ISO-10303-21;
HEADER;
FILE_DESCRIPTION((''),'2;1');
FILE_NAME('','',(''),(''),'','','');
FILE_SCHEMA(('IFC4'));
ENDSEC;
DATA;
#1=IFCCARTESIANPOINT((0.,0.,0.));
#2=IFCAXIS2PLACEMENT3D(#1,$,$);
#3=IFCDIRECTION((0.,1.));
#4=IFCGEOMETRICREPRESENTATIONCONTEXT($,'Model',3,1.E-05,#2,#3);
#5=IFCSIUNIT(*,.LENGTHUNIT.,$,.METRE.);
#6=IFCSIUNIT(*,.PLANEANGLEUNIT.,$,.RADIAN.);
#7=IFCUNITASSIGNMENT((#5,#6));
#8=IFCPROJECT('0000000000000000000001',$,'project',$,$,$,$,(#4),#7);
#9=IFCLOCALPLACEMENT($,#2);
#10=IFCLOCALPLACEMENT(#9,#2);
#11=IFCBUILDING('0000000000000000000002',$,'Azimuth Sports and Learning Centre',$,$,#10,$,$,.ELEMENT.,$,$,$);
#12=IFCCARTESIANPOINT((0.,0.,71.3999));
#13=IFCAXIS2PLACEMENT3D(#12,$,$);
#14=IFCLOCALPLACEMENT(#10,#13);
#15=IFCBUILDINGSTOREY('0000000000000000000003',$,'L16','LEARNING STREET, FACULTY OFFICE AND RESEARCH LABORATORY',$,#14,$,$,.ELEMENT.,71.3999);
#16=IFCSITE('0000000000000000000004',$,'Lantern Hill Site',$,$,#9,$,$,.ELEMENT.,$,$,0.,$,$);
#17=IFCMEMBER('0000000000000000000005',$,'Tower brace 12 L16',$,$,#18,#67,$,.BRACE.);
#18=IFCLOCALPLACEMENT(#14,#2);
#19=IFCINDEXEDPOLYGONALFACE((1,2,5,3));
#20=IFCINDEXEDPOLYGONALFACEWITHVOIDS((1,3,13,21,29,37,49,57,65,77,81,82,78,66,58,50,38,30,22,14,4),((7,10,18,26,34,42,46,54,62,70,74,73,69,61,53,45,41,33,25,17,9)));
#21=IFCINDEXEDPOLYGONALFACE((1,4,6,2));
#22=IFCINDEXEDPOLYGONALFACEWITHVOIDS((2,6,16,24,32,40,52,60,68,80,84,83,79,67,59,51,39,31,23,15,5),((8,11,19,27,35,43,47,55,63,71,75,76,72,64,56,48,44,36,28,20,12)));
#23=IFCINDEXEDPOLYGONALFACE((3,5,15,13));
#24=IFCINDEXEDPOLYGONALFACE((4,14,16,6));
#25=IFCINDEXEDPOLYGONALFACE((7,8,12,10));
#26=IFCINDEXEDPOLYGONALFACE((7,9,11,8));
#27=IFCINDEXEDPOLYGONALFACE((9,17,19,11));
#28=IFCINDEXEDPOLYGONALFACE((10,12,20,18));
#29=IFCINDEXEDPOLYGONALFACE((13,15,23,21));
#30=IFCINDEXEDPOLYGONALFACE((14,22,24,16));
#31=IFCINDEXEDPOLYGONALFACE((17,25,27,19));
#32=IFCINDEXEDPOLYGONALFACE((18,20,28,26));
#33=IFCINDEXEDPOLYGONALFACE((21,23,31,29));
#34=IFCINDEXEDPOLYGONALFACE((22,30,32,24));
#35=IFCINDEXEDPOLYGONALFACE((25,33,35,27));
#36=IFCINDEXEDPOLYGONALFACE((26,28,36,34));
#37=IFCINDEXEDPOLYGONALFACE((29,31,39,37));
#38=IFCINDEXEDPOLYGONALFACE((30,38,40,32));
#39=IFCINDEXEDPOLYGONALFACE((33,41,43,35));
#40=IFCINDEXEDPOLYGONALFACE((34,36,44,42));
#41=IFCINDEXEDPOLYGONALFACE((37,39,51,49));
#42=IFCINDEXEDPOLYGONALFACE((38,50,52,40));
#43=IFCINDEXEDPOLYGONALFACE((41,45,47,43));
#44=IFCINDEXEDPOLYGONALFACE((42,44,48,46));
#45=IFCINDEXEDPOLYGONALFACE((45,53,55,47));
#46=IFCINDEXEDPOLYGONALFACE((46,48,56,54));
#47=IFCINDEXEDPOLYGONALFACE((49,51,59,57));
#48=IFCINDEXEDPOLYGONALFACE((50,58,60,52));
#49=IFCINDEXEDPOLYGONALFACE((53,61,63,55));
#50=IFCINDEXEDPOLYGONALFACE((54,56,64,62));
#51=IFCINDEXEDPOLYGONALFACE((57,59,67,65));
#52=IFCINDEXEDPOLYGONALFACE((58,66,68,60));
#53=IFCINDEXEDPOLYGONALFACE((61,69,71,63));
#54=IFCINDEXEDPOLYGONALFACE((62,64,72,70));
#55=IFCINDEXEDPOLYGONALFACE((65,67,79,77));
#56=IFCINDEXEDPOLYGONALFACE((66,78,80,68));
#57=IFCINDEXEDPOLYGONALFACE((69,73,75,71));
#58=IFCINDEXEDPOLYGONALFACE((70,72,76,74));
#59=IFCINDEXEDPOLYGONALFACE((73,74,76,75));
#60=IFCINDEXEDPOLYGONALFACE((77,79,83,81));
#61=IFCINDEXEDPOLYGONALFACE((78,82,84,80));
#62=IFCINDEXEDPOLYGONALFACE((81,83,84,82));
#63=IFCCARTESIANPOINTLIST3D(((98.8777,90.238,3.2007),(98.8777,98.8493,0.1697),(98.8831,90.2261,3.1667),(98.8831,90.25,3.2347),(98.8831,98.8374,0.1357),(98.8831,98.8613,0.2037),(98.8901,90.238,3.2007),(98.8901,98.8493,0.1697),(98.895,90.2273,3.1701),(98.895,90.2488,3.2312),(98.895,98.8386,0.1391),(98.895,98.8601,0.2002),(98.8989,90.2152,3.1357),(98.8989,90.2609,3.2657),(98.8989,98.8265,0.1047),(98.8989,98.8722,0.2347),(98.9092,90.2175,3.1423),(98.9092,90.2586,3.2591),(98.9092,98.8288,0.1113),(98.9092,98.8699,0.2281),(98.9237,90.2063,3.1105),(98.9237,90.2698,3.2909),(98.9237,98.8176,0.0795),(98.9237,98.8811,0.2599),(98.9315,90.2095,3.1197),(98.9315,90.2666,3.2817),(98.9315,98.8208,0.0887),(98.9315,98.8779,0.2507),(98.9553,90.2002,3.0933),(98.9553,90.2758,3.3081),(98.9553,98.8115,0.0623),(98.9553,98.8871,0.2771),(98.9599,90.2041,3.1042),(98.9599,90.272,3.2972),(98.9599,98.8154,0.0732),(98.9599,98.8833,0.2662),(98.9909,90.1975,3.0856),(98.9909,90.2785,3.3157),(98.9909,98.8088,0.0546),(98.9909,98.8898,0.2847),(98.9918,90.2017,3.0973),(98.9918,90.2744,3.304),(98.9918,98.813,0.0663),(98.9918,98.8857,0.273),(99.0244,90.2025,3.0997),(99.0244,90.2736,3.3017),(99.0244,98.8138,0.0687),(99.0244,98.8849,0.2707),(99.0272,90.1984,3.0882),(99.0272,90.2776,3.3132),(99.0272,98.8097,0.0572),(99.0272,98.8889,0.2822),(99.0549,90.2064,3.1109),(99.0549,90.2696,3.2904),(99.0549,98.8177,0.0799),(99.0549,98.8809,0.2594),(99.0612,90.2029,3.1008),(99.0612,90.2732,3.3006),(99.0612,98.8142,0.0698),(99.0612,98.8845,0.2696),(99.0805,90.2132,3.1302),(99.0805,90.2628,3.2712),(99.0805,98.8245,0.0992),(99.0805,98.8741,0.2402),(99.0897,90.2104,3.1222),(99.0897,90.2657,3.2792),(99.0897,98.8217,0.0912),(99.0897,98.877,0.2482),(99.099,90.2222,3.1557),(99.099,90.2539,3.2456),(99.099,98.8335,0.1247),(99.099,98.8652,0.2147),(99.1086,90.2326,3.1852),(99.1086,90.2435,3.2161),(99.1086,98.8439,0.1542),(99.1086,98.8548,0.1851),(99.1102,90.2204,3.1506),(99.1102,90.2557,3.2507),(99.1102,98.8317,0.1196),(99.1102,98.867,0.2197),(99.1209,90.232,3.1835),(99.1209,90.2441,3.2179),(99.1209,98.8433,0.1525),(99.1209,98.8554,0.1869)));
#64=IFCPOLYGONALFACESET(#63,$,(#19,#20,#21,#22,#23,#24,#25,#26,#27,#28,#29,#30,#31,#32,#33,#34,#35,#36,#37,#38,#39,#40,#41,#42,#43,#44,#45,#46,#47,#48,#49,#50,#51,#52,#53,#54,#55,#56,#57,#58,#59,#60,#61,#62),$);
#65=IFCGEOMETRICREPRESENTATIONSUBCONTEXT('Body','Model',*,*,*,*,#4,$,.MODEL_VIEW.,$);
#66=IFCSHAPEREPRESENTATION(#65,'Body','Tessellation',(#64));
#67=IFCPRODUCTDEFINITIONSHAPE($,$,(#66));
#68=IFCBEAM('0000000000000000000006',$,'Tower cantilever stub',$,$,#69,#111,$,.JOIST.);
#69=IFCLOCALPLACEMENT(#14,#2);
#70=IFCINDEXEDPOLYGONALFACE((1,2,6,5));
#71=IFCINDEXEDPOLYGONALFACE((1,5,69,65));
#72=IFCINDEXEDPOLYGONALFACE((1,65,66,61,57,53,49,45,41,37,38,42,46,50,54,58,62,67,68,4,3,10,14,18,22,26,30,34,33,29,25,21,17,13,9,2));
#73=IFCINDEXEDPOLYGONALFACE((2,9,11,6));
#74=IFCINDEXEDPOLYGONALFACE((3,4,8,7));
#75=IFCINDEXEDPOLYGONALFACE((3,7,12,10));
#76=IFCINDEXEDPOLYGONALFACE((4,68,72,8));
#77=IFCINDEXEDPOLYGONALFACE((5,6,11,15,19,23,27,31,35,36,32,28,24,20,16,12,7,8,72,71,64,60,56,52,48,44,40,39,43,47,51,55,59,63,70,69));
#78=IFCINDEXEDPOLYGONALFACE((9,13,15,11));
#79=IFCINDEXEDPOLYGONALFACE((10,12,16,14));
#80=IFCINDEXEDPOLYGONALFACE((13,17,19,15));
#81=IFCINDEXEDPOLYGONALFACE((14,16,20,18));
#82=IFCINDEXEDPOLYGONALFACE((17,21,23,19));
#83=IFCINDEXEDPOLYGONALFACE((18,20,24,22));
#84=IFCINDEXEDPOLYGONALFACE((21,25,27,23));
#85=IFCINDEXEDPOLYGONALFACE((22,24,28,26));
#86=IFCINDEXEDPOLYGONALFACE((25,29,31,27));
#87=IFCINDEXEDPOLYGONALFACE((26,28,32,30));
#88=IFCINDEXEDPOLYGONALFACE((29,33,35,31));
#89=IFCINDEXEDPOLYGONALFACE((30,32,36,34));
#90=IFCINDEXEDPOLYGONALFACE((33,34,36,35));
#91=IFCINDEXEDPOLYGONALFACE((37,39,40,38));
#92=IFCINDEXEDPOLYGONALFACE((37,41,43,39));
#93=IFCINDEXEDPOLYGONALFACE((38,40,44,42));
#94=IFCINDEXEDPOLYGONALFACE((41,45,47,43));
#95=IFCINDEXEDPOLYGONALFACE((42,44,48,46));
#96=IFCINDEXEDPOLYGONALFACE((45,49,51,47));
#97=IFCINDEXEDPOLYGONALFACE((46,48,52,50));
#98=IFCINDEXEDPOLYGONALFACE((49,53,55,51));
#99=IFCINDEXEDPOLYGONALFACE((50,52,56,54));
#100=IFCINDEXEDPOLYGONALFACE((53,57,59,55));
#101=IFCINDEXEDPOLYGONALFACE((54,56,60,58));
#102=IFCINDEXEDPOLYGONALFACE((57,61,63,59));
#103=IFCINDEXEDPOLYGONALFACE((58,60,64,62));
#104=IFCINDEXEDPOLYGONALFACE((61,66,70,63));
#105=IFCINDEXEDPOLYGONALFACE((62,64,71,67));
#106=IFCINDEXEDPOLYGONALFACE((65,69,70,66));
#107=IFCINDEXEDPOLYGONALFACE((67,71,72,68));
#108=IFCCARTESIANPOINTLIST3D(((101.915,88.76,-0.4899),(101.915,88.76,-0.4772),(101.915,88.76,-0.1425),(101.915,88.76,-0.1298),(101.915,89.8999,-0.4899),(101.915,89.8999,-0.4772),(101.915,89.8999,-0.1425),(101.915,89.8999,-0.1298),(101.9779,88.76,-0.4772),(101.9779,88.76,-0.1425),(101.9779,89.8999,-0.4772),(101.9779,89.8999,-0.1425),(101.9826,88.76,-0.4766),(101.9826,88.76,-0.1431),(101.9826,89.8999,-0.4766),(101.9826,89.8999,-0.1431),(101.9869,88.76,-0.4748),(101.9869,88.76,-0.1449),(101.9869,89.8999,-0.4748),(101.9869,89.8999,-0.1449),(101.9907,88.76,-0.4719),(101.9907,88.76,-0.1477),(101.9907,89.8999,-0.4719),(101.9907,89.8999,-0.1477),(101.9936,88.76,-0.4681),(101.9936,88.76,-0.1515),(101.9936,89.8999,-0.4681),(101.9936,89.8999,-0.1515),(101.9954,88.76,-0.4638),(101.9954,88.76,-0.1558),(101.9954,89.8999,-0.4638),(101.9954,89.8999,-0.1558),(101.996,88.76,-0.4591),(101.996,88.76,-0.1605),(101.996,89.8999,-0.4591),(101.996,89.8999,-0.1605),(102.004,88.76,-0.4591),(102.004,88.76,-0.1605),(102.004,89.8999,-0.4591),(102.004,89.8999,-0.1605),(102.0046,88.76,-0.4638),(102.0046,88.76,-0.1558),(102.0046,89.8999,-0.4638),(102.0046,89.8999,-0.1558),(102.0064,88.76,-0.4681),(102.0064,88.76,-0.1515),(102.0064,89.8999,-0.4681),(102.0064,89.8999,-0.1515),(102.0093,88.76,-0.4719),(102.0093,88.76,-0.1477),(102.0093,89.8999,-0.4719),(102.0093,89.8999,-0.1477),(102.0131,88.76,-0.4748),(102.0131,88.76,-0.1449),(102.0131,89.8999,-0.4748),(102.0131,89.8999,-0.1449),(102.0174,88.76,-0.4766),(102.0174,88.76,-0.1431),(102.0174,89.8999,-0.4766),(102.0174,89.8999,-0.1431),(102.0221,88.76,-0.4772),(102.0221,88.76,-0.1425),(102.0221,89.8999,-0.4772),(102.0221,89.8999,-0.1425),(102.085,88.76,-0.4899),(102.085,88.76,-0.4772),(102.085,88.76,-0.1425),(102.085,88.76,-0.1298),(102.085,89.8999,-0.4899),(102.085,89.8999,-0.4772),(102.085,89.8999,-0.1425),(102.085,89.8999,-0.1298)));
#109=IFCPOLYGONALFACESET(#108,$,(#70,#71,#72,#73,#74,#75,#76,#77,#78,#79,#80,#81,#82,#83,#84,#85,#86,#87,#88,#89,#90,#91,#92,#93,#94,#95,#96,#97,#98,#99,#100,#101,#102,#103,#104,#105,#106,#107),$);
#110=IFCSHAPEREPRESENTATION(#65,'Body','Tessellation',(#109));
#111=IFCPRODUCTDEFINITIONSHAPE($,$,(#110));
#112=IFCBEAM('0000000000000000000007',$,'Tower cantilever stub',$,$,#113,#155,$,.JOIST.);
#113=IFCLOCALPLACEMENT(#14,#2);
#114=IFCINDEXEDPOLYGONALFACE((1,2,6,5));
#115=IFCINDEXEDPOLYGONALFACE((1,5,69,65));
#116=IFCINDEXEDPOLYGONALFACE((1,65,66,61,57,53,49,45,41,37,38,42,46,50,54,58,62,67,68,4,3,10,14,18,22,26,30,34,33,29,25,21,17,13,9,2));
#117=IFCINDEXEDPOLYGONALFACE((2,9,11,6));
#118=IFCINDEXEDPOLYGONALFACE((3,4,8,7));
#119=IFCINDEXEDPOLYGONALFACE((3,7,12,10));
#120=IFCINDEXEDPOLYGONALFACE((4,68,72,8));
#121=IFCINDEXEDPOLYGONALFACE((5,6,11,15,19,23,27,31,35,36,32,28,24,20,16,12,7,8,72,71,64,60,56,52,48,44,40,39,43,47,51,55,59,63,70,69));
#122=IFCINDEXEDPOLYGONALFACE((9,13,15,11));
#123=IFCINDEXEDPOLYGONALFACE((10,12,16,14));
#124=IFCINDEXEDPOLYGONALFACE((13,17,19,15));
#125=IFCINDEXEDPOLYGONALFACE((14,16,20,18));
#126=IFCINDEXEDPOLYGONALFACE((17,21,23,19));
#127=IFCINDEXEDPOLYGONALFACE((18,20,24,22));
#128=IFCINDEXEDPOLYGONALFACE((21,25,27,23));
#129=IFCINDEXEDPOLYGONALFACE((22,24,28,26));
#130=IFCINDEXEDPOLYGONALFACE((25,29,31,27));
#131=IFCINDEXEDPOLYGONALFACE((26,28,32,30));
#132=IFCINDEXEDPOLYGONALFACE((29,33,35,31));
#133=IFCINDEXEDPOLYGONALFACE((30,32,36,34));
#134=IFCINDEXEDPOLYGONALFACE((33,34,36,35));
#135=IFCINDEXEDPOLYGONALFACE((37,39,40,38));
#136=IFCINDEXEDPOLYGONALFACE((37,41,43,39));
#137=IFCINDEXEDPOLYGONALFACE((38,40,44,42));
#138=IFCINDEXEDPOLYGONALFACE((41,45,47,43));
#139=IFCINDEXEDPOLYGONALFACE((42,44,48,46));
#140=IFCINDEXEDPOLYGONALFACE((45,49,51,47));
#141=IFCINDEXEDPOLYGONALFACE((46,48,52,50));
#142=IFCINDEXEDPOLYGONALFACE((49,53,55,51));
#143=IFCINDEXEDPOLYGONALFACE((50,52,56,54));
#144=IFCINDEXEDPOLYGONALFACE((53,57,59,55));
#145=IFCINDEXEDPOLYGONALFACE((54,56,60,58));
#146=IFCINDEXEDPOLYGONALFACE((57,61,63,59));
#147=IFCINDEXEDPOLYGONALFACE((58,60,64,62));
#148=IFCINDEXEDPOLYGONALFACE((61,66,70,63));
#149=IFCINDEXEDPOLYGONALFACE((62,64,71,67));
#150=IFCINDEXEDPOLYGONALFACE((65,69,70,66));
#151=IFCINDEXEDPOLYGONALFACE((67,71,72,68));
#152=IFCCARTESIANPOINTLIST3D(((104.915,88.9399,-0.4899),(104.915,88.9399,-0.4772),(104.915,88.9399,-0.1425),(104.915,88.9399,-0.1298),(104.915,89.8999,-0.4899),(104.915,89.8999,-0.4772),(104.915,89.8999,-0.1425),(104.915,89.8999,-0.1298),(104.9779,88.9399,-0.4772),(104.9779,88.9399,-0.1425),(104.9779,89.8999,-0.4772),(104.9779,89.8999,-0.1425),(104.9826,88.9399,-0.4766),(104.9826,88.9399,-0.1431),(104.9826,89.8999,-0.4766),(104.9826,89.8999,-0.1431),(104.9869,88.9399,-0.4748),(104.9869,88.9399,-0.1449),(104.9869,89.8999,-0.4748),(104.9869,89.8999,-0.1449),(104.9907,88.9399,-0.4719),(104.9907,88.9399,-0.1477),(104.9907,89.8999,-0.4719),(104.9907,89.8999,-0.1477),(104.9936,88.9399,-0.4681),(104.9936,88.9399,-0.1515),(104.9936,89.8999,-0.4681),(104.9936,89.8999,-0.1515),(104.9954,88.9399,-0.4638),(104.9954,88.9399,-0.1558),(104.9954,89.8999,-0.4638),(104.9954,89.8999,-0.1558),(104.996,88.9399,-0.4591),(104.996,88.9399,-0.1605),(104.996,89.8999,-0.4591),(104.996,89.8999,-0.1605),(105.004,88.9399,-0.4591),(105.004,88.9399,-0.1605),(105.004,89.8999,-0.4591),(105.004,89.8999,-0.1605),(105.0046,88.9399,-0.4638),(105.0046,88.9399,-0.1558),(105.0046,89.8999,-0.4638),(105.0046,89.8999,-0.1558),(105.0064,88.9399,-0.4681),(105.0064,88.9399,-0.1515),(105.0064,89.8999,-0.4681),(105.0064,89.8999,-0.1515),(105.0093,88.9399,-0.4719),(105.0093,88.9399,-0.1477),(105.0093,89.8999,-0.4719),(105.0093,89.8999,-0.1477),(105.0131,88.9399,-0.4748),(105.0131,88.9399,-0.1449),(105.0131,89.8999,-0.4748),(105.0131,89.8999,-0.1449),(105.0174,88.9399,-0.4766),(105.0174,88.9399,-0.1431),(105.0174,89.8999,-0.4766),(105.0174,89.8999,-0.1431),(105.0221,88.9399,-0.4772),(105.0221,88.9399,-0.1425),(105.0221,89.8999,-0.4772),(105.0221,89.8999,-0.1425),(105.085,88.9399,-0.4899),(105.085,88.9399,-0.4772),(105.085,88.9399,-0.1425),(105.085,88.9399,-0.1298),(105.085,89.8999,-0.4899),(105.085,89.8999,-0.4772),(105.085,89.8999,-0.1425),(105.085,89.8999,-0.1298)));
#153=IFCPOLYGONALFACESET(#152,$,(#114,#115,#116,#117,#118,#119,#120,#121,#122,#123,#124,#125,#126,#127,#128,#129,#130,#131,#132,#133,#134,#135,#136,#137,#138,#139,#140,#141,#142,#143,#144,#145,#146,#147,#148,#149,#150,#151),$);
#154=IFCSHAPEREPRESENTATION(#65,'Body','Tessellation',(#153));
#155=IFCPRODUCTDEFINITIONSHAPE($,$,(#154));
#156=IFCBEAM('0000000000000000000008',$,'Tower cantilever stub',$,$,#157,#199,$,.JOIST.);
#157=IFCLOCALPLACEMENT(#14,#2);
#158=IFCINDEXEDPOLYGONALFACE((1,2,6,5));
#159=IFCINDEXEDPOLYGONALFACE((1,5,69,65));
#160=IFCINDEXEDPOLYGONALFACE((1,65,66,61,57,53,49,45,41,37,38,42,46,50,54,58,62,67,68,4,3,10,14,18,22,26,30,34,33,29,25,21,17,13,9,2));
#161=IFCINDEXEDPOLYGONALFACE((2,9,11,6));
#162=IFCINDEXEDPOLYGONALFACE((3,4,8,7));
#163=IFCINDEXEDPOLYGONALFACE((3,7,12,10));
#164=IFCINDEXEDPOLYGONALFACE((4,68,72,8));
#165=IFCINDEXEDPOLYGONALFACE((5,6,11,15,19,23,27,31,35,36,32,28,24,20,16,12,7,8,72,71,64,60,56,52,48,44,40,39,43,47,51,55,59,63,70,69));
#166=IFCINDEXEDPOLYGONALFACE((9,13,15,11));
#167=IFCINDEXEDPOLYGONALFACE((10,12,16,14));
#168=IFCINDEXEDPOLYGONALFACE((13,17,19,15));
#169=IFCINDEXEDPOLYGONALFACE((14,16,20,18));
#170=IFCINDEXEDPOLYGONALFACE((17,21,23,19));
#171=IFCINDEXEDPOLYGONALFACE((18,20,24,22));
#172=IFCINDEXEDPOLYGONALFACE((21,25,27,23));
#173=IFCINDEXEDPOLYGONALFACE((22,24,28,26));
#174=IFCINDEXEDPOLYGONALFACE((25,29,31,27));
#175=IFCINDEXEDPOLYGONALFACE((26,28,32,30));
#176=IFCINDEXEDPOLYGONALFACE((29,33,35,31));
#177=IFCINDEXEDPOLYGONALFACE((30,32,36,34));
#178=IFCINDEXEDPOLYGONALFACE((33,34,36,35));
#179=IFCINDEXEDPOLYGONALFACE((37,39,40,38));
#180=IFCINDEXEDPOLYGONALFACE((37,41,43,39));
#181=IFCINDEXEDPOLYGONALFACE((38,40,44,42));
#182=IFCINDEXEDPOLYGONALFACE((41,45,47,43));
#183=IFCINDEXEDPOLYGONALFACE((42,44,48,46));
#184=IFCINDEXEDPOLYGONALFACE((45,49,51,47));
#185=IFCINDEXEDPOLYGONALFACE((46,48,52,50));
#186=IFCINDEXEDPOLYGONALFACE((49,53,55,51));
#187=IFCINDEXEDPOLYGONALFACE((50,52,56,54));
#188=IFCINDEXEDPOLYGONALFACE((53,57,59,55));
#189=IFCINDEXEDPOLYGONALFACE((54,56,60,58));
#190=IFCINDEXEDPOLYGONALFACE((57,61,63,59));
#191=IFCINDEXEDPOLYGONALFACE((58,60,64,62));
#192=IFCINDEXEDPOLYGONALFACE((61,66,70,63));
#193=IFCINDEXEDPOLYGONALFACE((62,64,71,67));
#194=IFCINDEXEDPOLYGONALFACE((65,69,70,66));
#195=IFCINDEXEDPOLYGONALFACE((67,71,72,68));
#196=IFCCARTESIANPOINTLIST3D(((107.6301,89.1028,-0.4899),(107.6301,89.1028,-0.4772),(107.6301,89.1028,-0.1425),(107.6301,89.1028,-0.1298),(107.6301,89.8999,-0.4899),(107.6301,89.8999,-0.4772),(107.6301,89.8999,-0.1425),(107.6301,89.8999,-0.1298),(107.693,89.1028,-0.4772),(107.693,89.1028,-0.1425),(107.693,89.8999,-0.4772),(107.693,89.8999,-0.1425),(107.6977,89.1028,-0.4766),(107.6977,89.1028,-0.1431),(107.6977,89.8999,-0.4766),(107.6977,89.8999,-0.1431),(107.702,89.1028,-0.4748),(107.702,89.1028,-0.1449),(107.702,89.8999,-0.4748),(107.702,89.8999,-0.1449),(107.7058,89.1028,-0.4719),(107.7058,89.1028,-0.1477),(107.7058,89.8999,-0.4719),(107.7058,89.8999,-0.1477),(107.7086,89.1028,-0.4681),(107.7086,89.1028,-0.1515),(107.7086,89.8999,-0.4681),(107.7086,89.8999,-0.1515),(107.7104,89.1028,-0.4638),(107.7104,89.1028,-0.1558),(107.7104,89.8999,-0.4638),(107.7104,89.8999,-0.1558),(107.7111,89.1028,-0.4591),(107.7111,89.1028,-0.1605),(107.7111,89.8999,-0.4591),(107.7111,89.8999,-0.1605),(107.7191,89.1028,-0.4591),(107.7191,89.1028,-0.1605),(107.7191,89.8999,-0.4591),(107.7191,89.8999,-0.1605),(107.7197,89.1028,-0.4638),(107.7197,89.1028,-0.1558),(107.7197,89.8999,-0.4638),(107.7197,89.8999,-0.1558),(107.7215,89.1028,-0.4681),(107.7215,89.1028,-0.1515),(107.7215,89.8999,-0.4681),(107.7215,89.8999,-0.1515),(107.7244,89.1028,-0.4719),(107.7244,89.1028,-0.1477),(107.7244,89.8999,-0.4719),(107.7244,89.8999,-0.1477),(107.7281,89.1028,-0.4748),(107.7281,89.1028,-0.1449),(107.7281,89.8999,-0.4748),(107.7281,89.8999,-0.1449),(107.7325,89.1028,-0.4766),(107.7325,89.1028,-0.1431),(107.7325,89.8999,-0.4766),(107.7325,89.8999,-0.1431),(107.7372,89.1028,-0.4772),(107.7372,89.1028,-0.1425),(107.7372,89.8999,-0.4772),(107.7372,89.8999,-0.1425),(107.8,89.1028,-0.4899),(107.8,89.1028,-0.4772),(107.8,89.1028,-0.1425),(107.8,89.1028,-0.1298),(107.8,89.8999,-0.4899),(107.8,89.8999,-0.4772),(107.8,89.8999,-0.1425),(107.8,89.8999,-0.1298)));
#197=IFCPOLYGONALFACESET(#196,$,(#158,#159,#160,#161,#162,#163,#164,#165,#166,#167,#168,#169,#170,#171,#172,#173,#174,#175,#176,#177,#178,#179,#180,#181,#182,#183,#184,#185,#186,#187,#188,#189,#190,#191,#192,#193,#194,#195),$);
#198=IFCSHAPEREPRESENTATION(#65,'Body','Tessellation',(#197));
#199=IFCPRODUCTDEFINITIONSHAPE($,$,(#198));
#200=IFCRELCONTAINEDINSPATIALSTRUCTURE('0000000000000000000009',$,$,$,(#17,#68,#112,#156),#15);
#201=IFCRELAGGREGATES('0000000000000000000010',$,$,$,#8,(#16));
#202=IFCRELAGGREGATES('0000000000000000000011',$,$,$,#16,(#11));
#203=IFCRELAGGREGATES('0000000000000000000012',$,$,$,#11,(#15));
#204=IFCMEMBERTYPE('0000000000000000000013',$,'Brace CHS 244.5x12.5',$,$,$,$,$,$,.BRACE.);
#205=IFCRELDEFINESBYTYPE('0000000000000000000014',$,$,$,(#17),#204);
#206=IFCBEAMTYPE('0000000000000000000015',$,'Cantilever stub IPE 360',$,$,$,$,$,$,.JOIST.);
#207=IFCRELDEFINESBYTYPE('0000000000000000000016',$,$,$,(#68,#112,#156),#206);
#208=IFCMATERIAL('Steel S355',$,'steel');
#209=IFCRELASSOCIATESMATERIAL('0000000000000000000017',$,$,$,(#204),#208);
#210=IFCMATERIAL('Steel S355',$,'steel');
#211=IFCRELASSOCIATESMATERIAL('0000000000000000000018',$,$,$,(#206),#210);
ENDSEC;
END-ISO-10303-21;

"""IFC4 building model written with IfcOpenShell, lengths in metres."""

from ifc_helpers import new_model, si_unit, direction, frame, origin, origin_2d, place, context, subcontext, project, spatial, hollow_circle, i_section, extrude, material, material_profile, profile_set, type_object, element, save


model = new_model("IFC4")

# Units and contexts
model_context = context("Model", 3, precision=1e-05, world=origin(), true_north=direction((0.0, 1.0)))
body_context = subcontext(model_context, "Body", "Model", "MODEL_VIEW")
ifc_project = project(units=[si_unit("LENGTHUNIT", "METRE"), si_unit("PLANEANGLEUNIT", "RADIAN")], contexts=[model_context])

# Site, building, storey
site_placement = place(None, origin())
site = spatial("IfcSite", under=ifc_project, at=site_placement, Name="Lantern Hill Site", CompositionType="ELEMENT", RefElevation=0.0)
building_placement = place(site_placement, origin())
building = spatial("IfcBuilding", under=site, at=building_placement, Name="Azimuth Sports and Learning Centre", CompositionType="ELEMENT")
storey_placement = place(building_placement, frame((0.0, 0.0, 71.3999)))
storey = spatial("IfcBuildingStorey", under=building, at=storey_placement, Name="L16", Description="LEARNING STREET, FACULTY OFFICE AND RESEARCH LABORATORY", CompositionType="ELEMENT", Elevation=71.3999)

# Member
ifc_material_1 = material(Name="Steel S355", Category="steel")
ifc_material_profile_1 = material_profile(ifc_material_1, hollow_circle(Radius=0.1223, WallThickness=0.0125, at=origin_2d()), Name="CHS 244.5x12.5")
ifc_profile_set_1 = profile_set([ifc_material_profile_1], Name="Steel S355")
member_type_1 = type_object("IfcMemberType", Name="Brace CHS 244.5x12.5", PredefinedType="BRACE", material=ifc_profile_set_1)
member_1_placement = place(storey_placement, frame((99.0, 90.238, 3.2007), z_axis=(0.0, 0.943275, -0.332013), x_axis=(-1.0, 0.0, 0.0)))
element("IfcMember", 1, at=member_1_placement, inside=storey, type_object=member_type_1, Name="Tower brace 12 L16", PredefinedType="BRACE", context=body_context, shape_type="SweptSolid", body=[
    extrude(hollow_circle(Radius=0.1223, WallThickness=0.0125, at=origin_2d()), origin(), (0.0, 0.0, 1.0), 9.1292),
])

# Beams
ifc_material_2 = material(Name="Steel S355", Category="steel")
ifc_material_profile_2 = material_profile(ifc_material_2, i_section(OverallWidth=0.1699, OverallDepth=0.3601, WebThickness=0.0081, FlangeThickness=0.0127, FilletRadius=0.0181, at=origin_2d()), Name="IPE 360")
ifc_profile_set_2 = profile_set([ifc_material_profile_2], Name="Steel S355")
beam_type_1 = type_object("IfcBeamType", Name="Cantilever stub IPE 360", PredefinedType="JOIST", material=ifc_profile_set_2)
beam_1_placement = place(storey_placement, frame((102.0, 89.8999, -0.3098), z_axis=(0.0, -1.0, 0.0), x_axis=(1.0, 0.0, 0.0)))
element("IfcBeam", 2, at=beam_1_placement, inside=storey, type_object=beam_type_1, Name="Tower cantilever stub", PredefinedType="JOIST", context=body_context, shape_type="SweptSolid", body=[
    extrude(i_section(OverallWidth=0.1699, OverallDepth=0.3601, WebThickness=0.0081, FlangeThickness=0.0127, FilletRadius=0.0181, at=origin_2d()), origin(), (0.0, 0.0, 1.0), 1.1399),
])
beam_2_placement = place(storey_placement, frame((105.0, 89.8999, -0.3098), z_axis=(0.0, -1.0, 0.0), x_axis=(1.0, 0.0, 0.0)))
element("IfcBeam", 3, at=beam_2_placement, inside=storey, type_object=beam_type_1, Name="Tower cantilever stub", PredefinedType="JOIST", context=body_context, shape_type="SweptSolid", body=[
    extrude(i_section(OverallWidth=0.1699, OverallDepth=0.3601, WebThickness=0.0081, FlangeThickness=0.0127, FilletRadius=0.0181, at=origin_2d()), origin(), (0.0, 0.0, 1.0), 0.96),
])
beam_3_placement = place(storey_placement, frame((107.7151, 89.8999, -0.3098), z_axis=(0.0, -1.0, 0.0), x_axis=(1.0, 0.0, 0.0)))
element("IfcBeam", 4, at=beam_3_placement, inside=storey, type_object=beam_type_1, Name="Tower cantilever stub", PredefinedType="JOIST", context=body_context, shape_type="SweptSolid", body=[
    extrude(i_section(OverallWidth=0.1699, OverallDepth=0.3601, WebThickness=0.0081, FlangeThickness=0.0127, FilletRadius=0.0181, at=origin_2d()), origin(), (0.0, 0.0, 1.0), 0.7971),
])

save(model, "model.ifc")
